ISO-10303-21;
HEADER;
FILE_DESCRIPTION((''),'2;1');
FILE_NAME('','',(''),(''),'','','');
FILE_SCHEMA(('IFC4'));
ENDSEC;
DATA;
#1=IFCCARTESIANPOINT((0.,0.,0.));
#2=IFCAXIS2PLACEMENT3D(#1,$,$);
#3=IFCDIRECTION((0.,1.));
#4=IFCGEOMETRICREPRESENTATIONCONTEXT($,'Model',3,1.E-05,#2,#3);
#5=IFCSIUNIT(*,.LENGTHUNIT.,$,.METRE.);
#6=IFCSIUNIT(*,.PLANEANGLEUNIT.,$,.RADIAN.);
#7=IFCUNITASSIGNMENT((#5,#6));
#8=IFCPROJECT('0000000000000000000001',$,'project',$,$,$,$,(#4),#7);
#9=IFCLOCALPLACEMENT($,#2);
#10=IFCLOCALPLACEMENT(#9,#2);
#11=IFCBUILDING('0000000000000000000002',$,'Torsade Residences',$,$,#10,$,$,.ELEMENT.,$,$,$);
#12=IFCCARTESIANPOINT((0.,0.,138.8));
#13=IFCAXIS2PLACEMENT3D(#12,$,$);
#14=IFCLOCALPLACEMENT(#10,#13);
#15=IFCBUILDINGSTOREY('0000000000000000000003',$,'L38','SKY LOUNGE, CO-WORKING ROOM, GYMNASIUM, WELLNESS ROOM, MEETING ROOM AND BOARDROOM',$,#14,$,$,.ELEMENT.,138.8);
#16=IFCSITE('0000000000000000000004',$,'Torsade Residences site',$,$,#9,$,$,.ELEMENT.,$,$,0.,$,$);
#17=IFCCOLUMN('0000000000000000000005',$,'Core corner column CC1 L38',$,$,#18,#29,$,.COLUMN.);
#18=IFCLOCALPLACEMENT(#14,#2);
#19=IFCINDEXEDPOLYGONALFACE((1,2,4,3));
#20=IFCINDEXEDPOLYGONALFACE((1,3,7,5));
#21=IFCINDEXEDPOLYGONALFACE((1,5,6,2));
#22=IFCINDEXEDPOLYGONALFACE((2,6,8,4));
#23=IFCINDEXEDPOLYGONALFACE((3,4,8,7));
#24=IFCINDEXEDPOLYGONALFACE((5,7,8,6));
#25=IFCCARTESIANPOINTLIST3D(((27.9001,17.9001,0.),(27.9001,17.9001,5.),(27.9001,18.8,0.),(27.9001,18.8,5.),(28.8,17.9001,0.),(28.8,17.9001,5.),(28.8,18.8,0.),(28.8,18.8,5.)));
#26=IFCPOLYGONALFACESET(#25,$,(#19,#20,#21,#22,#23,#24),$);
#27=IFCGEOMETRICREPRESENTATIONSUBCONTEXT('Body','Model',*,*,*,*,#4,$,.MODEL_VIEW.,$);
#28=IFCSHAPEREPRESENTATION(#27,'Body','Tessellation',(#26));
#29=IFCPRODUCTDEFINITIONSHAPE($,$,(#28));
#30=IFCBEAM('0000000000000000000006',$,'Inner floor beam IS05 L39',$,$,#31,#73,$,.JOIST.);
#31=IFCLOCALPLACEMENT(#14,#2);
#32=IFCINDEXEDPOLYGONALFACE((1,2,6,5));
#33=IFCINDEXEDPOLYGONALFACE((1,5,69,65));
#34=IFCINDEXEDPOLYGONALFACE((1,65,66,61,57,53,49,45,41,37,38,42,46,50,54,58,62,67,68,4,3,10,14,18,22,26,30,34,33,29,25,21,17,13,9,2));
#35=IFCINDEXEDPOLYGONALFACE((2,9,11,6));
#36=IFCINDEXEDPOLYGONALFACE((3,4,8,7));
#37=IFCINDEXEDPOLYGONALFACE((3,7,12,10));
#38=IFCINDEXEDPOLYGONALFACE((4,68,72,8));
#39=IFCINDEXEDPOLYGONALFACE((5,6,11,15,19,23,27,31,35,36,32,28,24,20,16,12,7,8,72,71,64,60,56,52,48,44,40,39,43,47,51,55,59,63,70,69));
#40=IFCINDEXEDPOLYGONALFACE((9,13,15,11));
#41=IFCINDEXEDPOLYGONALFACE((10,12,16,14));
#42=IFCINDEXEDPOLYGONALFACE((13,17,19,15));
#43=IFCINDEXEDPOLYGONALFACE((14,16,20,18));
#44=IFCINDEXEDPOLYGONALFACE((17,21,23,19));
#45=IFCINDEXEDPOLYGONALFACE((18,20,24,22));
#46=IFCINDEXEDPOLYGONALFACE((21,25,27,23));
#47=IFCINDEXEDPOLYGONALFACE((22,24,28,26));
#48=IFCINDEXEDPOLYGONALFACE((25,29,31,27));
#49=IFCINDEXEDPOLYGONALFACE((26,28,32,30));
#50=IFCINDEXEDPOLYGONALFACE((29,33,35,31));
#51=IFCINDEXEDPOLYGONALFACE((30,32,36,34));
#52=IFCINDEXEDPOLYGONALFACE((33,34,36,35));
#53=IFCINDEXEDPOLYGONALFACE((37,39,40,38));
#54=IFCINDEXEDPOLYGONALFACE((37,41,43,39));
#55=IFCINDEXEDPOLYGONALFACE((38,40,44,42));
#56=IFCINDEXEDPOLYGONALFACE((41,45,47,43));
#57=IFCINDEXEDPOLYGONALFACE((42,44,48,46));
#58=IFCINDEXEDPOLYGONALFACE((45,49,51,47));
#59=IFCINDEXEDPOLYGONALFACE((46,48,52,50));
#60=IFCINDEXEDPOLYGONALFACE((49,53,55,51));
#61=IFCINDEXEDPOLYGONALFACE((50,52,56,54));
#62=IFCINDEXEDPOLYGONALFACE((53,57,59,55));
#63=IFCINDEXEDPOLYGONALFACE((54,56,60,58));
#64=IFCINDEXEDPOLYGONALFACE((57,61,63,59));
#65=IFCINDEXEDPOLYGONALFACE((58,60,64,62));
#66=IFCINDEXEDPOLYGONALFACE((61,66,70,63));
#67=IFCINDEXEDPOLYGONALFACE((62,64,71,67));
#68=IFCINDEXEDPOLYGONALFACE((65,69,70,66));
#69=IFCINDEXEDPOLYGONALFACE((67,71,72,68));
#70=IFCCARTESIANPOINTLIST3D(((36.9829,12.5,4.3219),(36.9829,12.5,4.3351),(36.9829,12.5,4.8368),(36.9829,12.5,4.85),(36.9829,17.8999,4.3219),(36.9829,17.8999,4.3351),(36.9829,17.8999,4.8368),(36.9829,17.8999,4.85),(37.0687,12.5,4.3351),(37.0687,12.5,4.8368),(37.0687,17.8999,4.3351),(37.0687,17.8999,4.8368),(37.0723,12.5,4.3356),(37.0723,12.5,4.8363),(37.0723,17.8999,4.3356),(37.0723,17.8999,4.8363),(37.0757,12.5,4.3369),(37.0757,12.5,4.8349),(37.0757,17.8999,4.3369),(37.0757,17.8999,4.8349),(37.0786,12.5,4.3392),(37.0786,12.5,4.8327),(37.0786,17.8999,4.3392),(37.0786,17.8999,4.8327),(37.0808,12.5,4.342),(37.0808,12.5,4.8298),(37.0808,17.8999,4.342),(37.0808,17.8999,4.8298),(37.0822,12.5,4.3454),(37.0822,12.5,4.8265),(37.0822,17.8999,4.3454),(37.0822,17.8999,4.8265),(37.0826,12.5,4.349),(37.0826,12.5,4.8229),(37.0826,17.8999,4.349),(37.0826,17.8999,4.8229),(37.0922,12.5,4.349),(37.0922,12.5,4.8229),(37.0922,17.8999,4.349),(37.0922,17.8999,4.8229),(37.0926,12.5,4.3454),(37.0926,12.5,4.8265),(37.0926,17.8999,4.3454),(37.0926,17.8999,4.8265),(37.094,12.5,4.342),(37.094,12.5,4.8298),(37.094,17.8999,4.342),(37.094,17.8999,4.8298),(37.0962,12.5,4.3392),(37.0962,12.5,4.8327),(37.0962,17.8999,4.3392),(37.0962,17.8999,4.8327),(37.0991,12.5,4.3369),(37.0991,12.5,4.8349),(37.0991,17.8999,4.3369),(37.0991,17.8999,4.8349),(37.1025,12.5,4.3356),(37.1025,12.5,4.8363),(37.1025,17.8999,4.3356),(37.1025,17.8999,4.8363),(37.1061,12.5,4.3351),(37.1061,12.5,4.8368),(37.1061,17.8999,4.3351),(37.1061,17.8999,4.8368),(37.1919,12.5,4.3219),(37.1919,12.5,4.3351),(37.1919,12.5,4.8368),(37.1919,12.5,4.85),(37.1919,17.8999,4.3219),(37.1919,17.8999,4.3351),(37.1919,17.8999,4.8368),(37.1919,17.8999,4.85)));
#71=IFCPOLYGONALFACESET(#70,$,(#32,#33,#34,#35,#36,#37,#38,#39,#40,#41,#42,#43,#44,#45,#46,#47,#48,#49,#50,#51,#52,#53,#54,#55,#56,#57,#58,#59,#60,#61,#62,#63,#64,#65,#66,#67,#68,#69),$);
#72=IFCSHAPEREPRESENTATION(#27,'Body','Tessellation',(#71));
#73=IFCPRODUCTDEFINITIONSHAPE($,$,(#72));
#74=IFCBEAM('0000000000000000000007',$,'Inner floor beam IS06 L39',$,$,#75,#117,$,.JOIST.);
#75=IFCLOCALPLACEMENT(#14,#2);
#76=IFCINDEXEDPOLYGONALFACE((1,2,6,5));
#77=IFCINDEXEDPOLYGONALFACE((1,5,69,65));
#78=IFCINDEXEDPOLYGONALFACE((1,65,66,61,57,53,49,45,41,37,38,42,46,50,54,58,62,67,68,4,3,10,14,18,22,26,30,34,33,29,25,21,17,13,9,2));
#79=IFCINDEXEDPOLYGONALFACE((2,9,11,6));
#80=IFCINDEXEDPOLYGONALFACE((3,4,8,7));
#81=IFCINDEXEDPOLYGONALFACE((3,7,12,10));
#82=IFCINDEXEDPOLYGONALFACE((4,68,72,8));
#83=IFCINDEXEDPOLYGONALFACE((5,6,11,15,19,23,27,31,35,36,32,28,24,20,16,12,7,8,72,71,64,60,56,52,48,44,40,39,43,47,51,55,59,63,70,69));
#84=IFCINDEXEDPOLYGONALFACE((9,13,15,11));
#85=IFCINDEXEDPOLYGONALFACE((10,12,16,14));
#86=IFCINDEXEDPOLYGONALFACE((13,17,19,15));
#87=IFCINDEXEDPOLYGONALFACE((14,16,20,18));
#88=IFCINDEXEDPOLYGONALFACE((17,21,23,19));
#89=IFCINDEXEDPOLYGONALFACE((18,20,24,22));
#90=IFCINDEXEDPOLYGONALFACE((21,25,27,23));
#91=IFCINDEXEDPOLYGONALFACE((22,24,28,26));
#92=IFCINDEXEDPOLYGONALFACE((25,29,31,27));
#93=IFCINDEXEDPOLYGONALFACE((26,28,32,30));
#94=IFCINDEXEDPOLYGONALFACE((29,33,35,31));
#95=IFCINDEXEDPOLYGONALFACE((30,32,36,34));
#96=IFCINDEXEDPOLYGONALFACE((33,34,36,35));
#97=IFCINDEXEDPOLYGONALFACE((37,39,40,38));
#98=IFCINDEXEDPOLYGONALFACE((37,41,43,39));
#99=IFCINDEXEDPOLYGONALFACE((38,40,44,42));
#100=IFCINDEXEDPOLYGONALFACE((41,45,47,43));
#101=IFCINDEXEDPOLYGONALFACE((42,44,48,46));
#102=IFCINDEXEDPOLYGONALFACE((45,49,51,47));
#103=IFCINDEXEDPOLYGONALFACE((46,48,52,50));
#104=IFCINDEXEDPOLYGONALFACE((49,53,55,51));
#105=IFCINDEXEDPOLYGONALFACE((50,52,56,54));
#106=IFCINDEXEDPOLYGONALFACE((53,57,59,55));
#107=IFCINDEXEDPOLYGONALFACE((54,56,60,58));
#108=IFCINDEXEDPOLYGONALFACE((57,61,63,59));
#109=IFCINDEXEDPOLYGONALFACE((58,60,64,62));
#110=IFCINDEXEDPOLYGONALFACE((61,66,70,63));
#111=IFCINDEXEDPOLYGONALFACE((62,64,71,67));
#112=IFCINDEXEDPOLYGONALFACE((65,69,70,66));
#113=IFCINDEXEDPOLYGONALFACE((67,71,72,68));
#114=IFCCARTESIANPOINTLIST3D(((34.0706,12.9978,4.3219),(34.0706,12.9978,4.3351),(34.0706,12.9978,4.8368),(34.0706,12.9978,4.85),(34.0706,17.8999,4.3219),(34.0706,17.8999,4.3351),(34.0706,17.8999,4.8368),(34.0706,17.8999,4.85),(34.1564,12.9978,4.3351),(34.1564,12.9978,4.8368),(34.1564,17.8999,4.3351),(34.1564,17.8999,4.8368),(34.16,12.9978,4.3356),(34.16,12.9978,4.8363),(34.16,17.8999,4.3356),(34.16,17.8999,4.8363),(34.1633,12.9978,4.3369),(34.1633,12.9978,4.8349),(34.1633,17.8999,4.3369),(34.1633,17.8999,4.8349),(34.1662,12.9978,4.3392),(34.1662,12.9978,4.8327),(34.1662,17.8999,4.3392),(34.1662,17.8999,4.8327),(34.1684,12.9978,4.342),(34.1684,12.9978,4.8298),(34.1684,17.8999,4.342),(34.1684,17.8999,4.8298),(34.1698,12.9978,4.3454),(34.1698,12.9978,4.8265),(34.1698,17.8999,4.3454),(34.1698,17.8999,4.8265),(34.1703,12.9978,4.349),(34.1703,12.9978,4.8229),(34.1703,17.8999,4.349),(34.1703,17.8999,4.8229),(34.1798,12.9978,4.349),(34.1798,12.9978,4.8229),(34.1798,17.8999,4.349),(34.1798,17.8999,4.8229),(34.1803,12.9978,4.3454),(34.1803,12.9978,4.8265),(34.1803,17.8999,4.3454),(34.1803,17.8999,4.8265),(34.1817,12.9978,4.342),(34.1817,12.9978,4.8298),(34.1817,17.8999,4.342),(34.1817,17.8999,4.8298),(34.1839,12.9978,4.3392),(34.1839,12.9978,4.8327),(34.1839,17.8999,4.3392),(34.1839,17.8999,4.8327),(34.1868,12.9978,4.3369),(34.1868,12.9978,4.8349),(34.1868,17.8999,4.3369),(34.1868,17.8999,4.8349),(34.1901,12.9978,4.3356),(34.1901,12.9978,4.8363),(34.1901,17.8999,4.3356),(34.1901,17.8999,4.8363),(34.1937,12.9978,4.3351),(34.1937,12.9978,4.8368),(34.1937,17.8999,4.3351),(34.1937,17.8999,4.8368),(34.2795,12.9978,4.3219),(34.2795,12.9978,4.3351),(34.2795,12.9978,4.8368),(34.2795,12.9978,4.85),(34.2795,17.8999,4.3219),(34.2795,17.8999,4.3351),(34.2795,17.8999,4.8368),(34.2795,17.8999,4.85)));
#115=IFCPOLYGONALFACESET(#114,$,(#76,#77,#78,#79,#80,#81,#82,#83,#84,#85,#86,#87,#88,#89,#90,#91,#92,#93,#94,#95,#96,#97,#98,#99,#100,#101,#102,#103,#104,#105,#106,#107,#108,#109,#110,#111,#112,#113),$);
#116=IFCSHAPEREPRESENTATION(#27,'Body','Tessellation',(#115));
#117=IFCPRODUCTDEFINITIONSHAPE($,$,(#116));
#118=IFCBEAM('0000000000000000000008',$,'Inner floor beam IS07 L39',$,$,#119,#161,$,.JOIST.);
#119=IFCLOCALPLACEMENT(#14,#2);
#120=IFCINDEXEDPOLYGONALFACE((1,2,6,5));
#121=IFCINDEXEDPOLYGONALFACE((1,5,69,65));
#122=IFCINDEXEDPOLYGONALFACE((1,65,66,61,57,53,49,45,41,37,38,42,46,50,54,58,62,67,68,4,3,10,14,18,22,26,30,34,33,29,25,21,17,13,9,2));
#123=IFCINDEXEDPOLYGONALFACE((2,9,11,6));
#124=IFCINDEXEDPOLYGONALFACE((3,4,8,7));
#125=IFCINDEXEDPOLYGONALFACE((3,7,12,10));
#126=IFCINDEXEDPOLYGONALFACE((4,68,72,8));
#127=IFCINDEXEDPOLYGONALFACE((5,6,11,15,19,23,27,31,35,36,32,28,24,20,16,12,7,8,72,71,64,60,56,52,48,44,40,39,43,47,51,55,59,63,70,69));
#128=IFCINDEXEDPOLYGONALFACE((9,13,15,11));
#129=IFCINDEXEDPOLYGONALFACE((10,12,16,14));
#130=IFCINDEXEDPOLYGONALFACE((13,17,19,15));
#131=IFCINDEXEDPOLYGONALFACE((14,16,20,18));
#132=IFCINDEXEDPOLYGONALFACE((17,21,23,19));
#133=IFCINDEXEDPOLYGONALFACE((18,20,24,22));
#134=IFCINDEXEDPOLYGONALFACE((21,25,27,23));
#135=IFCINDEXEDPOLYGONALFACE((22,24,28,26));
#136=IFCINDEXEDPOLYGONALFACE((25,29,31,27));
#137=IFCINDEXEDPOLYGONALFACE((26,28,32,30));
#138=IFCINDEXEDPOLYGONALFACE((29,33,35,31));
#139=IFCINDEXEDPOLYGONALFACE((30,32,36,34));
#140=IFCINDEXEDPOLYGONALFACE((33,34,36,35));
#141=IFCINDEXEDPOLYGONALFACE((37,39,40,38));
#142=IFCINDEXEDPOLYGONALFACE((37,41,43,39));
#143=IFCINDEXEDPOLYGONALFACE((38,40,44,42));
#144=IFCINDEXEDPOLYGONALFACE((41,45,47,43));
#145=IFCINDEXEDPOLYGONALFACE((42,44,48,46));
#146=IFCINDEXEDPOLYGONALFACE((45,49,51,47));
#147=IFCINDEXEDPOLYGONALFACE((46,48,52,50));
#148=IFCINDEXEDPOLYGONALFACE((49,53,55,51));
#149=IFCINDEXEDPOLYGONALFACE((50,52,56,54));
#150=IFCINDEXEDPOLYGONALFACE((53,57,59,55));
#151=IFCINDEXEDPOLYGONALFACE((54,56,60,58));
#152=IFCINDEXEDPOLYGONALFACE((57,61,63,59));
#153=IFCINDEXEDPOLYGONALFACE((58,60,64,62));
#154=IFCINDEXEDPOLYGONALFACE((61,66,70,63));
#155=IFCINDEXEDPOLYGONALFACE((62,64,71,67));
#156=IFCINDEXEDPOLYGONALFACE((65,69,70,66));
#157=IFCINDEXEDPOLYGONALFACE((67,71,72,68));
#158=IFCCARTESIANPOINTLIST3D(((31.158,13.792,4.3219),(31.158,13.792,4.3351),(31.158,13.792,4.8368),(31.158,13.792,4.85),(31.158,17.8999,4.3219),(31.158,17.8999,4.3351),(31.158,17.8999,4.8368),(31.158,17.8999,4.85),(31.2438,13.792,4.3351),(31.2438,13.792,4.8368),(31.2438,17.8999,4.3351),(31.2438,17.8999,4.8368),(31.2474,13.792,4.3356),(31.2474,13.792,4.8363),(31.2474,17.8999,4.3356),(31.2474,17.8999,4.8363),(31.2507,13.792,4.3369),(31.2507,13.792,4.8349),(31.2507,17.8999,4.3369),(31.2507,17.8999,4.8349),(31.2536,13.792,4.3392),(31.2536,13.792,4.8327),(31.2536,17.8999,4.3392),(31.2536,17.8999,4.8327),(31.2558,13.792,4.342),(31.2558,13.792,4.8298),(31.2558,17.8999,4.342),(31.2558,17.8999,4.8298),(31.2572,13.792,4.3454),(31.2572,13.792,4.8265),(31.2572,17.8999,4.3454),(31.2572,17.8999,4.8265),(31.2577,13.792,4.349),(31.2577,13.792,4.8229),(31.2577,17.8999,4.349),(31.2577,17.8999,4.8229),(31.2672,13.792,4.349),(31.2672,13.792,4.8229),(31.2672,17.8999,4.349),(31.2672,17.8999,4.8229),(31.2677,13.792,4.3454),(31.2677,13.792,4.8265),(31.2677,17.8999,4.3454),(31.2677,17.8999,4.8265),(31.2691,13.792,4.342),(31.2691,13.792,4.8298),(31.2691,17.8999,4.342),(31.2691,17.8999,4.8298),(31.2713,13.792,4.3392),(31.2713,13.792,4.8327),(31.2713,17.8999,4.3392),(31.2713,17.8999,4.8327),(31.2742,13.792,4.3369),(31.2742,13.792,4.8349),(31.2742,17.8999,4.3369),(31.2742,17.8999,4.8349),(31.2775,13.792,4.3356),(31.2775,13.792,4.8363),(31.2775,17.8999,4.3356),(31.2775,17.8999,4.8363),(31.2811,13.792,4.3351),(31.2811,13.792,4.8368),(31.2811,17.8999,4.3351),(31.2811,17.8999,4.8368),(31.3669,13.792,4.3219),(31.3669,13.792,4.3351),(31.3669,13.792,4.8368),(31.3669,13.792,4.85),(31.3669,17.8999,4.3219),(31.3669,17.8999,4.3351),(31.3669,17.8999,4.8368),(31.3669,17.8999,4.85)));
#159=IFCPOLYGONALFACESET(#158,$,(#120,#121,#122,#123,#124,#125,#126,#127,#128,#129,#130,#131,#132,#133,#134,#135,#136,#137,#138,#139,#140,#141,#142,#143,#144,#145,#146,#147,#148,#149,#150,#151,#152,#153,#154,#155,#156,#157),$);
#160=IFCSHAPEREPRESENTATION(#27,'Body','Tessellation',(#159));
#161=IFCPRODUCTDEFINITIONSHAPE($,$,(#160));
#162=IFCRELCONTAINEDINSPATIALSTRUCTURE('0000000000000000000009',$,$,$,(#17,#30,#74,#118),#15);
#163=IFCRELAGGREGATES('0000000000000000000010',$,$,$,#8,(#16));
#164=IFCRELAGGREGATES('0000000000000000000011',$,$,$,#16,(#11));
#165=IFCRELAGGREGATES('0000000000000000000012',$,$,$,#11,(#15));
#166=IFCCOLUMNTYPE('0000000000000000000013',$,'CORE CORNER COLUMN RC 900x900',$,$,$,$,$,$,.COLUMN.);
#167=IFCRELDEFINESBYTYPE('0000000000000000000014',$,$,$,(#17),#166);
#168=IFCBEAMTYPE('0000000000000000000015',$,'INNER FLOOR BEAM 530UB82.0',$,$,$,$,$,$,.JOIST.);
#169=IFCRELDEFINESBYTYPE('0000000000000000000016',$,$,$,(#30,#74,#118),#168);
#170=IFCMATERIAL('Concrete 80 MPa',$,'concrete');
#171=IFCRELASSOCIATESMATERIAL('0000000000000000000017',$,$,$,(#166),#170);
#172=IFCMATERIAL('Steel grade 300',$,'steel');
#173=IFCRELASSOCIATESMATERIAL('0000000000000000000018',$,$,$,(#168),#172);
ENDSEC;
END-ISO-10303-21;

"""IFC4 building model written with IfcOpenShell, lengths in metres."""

from ifc_helpers import new_model, si_unit, direction, frame, origin, origin_2d, place, context, subcontext, project, spatial, rectangle, i_section, extrude, material, material_profile, profile_set, type_object, element, save


model = new_model("IFC4")

# Units and contexts
model_context = context("Model", 3, precision=1e-05, world=origin(), true_north=direction((0.0, 1.0)))
body_context = subcontext(model_context, "Body", "Model", "MODEL_VIEW")
ifc_project = project(units=[si_unit("LENGTHUNIT", "METRE"), si_unit("PLANEANGLEUNIT", "RADIAN")], contexts=[model_context])

# Site, building, storey
site_placement = place(None, origin())
site = spatial("IfcSite", under=ifc_project, at=site_placement, Name="Torsade Residences site", CompositionType="ELEMENT", RefElevation=0.0)
building_placement = place(site_placement, origin())
building = spatial("IfcBuilding", under=site, at=building_placement, Name="Torsade Residences", CompositionType="ELEMENT")
storey_placement = place(building_placement, frame((0.0, 0.0, 138.8)))
storey = spatial("IfcBuildingStorey", under=building, at=storey_placement, Name="L38", Description="SKY LOUNGE, CO-WORKING ROOM, GYMNASIUM, WELLNESS ROOM, MEETING ROOM AND BOARDROOM", CompositionType="ELEMENT", Elevation=138.8)

# Column
ifc_material_1 = material(Name="Concrete 80 MPa", Category="concrete")
ifc_material_profile_1 = material_profile(ifc_material_1, rectangle(XDim=0.8999, YDim=0.8999, at=origin_2d()), Name="RC 900x900")
ifc_profile_set_1 = profile_set([ifc_material_profile_1], Name="Concrete 80 MPa")
column_type = type_object("IfcColumnType", Name="CORE CORNER COLUMN RC 900x900", PredefinedType="COLUMN", material=ifc_profile_set_1)
column_placement = place(storey_placement, frame((28.3501, 18.3501, 0.0), z_axis=(0.0, 0.0, 1.0), x_axis=(1.0, 0.0, 0.0)))
element("IfcColumn", 1, at=column_placement, inside=storey, type_object=column_type, Name="Core corner column CC1 L38", PredefinedType="COLUMN", context=body_context, shape_type="SweptSolid", body=[
    extrude(rectangle(XDim=0.8999, YDim=0.8999, at=origin_2d()), origin(), (0.0, 0.0, 1.0), 5.0),
])

# Beams
ifc_material_2 = material(Name="Steel grade 300", Category="steel")
ifc_material_profile_2 = material_profile(ifc_material_2, i_section(OverallWidth=0.209, OverallDepth=0.5281, WebThickness=0.0095, FlangeThickness=0.0132, FilletRadius=0.0139, at=origin_2d()), Name="530UB82.0")
ifc_profile_set_2 = profile_set([ifc_material_profile_2], Name="Steel grade 300")
beam_type = type_object("IfcBeamType", Name="INNER FLOOR BEAM 530UB82.0", PredefinedType="JOIST", material=ifc_profile_set_2)
beam_1_placement = place(storey_placement, frame((37.0874, 17.8999, 4.5859), z_axis=(0.0, -1.0, 0.0), x_axis=(1.0, 0.0, 0.0)))
element("IfcBeam", 2, at=beam_1_placement, inside=storey, type_object=beam_type, Name="Inner floor beam IS05 L39", PredefinedType="JOIST", context=body_context, shape_type="SweptSolid", body=[
    extrude(i_section(OverallWidth=0.209, OverallDepth=0.5281, WebThickness=0.0095, FlangeThickness=0.0132, FilletRadius=0.0139, at=origin_2d()), origin(), (0.0, 0.0, 1.0), 5.3999),
])
beam_2_placement = place(storey_placement, frame((34.175, 17.8999, 4.5859), z_axis=(0.0, -1.0, 0.0), x_axis=(1.0, 0.0, 0.0)))
element("IfcBeam", 3, at=beam_2_placement, inside=storey, type_object=beam_type, Name="Inner floor beam IS06 L39", PredefinedType="JOIST", context=body_context, shape_type="SweptSolid", body=[
    extrude(i_section(OverallWidth=0.209, OverallDepth=0.5281, WebThickness=0.0095, FlangeThickness=0.0132, FilletRadius=0.0139, at=origin_2d()), origin(), (0.0, 0.0, 1.0), 4.9021),
])
beam_3_placement = place(storey_placement, frame((31.2625, 17.8999, 4.5859), z_axis=(0.0, -1.0, 0.0), x_axis=(1.0, 0.0, 0.0)))
element("IfcBeam", 4, at=beam_3_placement, inside=storey, type_object=beam_type, Name="Inner floor beam IS07 L39", PredefinedType="JOIST", context=body_context, shape_type="SweptSolid", body=[
    extrude(i_section(OverallWidth=0.209, OverallDepth=0.5281, WebThickness=0.0095, FlangeThickness=0.0132, FilletRadius=0.0139, at=origin_2d()), origin(), (0.0, 0.0, 1.0), 4.1079),
])

save(model, "model.ifc")
